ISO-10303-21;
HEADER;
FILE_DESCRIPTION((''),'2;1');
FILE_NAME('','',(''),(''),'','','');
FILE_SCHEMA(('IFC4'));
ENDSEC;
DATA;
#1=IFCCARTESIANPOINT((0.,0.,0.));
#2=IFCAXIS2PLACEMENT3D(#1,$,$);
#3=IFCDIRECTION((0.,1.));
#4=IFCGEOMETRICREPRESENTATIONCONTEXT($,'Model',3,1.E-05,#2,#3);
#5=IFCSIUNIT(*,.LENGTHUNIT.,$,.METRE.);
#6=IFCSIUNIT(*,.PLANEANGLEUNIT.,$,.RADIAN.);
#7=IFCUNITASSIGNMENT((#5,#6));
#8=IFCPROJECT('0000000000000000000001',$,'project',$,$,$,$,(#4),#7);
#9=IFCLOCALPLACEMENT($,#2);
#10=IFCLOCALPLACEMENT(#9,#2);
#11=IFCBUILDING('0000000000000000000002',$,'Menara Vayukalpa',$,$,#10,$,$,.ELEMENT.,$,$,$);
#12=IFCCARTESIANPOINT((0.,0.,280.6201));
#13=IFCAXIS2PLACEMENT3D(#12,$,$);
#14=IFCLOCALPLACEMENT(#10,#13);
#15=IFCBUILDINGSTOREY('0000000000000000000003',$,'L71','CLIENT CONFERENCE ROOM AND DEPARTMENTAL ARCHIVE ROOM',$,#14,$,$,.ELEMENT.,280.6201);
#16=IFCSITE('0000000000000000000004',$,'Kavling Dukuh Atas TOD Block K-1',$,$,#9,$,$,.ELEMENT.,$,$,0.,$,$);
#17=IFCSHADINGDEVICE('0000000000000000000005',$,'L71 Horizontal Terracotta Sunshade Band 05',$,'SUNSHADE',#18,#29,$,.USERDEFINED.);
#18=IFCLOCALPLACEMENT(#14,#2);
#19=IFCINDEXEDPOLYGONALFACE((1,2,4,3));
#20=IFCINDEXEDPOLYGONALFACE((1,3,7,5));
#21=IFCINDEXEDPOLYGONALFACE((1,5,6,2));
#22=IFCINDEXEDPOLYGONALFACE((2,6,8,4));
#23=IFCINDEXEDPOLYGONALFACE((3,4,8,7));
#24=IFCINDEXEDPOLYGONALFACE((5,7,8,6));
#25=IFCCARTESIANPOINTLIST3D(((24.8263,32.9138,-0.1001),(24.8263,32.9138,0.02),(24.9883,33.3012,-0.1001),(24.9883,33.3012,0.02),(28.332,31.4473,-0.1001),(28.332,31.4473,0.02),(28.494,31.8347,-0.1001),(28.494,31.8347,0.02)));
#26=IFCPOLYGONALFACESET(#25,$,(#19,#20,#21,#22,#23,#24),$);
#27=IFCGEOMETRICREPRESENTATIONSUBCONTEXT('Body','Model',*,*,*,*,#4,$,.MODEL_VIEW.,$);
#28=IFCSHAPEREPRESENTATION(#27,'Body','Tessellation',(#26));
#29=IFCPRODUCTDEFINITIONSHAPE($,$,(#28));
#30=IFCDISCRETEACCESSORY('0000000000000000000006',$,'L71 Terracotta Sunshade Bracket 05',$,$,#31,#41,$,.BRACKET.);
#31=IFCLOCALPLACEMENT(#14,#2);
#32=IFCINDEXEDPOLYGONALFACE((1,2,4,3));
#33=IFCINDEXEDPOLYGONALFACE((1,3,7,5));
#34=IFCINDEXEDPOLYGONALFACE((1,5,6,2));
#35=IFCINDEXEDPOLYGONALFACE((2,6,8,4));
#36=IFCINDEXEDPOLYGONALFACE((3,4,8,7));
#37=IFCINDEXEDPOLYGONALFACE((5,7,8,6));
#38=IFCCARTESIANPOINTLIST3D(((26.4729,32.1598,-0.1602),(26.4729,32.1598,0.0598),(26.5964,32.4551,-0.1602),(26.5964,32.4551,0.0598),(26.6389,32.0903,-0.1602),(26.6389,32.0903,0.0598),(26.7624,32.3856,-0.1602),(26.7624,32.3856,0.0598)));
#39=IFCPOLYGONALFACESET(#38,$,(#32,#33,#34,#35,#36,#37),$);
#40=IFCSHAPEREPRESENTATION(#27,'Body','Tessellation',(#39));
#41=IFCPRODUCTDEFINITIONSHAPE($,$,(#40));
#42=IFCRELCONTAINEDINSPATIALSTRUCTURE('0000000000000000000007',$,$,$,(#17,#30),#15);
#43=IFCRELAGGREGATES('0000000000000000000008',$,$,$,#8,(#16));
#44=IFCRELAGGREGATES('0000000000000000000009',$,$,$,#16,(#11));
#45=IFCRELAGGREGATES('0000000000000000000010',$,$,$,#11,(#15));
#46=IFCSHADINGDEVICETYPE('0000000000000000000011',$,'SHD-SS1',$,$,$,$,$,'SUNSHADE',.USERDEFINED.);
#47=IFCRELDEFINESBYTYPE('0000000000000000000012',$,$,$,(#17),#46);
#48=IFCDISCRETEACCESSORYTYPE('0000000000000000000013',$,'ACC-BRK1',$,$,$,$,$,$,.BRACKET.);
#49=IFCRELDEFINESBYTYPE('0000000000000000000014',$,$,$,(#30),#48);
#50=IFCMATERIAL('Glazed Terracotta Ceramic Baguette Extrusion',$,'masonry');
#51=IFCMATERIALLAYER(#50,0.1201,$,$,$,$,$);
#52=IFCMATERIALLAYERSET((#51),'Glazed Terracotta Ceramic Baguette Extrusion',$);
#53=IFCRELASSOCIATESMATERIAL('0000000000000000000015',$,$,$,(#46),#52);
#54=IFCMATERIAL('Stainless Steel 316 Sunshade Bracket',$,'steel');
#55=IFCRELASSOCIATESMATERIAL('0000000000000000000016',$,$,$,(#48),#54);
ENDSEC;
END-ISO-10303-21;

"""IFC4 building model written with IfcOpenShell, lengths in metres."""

from ifc_helpers import new_model, si_unit, direction, frame, origin, origin_2d, place, context, subcontext, project, spatial, rectangle, extrude, material, layer, layer_set, type_object, element, save


model = new_model("IFC4")

# Units and contexts
model_context = context("Model", 3, precision=1e-05, world=origin(), true_north=direction((0.0, 1.0)))
body_context = subcontext(model_context, "Body", "Model", "MODEL_VIEW")
ifc_project = project(units=[si_unit("LENGTHUNIT", "METRE"), si_unit("PLANEANGLEUNIT", "RADIAN")], contexts=[model_context])

# Site, building, storey
site_placement = place(None, origin())
site = spatial("IfcSite", under=ifc_project, at=site_placement, Name="Kavling Dukuh Atas TOD Block K-1", CompositionType="ELEMENT", RefElevation=0.0)
building_placement = place(site_placement, origin())
building = spatial("IfcBuilding", under=site, at=building_placement, Name="Menara Vayukalpa", CompositionType="ELEMENT")
storey_placement = place(building_placement, frame((0.0, 0.0, 280.6201)))
storey = spatial("IfcBuildingStorey", under=building, at=storey_placement, Name="L71", Description="CLIENT CONFERENCE ROOM AND DEPARTMENTAL ARCHIVE ROOM", CompositionType="ELEMENT", Elevation=280.6201)

# Shading device
ifc_material_1 = material(Name="Glazed Terracotta Ceramic Baguette Extrusion", Category="masonry")
ifc_layer_1 = layer(ifc_material_1, 0.1201)
ifc_layer_set_1 = layer_set([ifc_layer_1], Name="Glazed Terracotta Ceramic Baguette Extrusion")
shading_device_type = type_object("IfcShadingDeviceType", Name="SHD-SS1", ElementType="SUNSHADE", PredefinedType="USERDEFINED", material=ifc_layer_set_1)
shading_device_placement = place(storey_placement, frame((26.6602, 32.3743, -0.1001), z_axis=(0.0, 0.0, 1.0), x_axis=(-0.922538, 0.385906, 0.0)))
element("IfcShadingDevice", 1, at=shading_device_placement, inside=storey, type_object=shading_device_type, Name="L71 Horizontal Terracotta Sunshade Band 05", ObjectType="SUNSHADE", PredefinedType="USERDEFINED", context=body_context, shape_type="SweptSolid", body=[
    extrude(rectangle(XDim=3.8, YDim=0.4199, at=origin_2d()), origin(), (0.0, 0.0, 1.0), 0.1201),
])

# Discrete accessory
ifc_material_2 = material(Name="Stainless Steel 316 Sunshade Bracket", Category="steel")
discrete_accessory_type = type_object("IfcDiscreteAccessoryType", Name="ACC-BRK1", PredefinedType="BRACKET", material=ifc_material_2)
discrete_accessory_placement = place(storey_placement, frame((26.6177, 32.2727, -0.1602), z_axis=(0.0, 0.0, 1.0), x_axis=(-0.922538, 0.385906, 0.0)))
element("IfcDiscreteAccessory", 2, at=discrete_accessory_placement, inside=storey, type_object=discrete_accessory_type, Name="L71 Terracotta Sunshade Bracket 05", PredefinedType="BRACKET", context=body_context, shape_type="SweptSolid", body=[
    extrude(rectangle(XDim=0.1799, YDim=0.3201, at=origin_2d()), origin(), (0.0, 0.0, 1.0), 0.22),
])

save(model, "model.ifc")
